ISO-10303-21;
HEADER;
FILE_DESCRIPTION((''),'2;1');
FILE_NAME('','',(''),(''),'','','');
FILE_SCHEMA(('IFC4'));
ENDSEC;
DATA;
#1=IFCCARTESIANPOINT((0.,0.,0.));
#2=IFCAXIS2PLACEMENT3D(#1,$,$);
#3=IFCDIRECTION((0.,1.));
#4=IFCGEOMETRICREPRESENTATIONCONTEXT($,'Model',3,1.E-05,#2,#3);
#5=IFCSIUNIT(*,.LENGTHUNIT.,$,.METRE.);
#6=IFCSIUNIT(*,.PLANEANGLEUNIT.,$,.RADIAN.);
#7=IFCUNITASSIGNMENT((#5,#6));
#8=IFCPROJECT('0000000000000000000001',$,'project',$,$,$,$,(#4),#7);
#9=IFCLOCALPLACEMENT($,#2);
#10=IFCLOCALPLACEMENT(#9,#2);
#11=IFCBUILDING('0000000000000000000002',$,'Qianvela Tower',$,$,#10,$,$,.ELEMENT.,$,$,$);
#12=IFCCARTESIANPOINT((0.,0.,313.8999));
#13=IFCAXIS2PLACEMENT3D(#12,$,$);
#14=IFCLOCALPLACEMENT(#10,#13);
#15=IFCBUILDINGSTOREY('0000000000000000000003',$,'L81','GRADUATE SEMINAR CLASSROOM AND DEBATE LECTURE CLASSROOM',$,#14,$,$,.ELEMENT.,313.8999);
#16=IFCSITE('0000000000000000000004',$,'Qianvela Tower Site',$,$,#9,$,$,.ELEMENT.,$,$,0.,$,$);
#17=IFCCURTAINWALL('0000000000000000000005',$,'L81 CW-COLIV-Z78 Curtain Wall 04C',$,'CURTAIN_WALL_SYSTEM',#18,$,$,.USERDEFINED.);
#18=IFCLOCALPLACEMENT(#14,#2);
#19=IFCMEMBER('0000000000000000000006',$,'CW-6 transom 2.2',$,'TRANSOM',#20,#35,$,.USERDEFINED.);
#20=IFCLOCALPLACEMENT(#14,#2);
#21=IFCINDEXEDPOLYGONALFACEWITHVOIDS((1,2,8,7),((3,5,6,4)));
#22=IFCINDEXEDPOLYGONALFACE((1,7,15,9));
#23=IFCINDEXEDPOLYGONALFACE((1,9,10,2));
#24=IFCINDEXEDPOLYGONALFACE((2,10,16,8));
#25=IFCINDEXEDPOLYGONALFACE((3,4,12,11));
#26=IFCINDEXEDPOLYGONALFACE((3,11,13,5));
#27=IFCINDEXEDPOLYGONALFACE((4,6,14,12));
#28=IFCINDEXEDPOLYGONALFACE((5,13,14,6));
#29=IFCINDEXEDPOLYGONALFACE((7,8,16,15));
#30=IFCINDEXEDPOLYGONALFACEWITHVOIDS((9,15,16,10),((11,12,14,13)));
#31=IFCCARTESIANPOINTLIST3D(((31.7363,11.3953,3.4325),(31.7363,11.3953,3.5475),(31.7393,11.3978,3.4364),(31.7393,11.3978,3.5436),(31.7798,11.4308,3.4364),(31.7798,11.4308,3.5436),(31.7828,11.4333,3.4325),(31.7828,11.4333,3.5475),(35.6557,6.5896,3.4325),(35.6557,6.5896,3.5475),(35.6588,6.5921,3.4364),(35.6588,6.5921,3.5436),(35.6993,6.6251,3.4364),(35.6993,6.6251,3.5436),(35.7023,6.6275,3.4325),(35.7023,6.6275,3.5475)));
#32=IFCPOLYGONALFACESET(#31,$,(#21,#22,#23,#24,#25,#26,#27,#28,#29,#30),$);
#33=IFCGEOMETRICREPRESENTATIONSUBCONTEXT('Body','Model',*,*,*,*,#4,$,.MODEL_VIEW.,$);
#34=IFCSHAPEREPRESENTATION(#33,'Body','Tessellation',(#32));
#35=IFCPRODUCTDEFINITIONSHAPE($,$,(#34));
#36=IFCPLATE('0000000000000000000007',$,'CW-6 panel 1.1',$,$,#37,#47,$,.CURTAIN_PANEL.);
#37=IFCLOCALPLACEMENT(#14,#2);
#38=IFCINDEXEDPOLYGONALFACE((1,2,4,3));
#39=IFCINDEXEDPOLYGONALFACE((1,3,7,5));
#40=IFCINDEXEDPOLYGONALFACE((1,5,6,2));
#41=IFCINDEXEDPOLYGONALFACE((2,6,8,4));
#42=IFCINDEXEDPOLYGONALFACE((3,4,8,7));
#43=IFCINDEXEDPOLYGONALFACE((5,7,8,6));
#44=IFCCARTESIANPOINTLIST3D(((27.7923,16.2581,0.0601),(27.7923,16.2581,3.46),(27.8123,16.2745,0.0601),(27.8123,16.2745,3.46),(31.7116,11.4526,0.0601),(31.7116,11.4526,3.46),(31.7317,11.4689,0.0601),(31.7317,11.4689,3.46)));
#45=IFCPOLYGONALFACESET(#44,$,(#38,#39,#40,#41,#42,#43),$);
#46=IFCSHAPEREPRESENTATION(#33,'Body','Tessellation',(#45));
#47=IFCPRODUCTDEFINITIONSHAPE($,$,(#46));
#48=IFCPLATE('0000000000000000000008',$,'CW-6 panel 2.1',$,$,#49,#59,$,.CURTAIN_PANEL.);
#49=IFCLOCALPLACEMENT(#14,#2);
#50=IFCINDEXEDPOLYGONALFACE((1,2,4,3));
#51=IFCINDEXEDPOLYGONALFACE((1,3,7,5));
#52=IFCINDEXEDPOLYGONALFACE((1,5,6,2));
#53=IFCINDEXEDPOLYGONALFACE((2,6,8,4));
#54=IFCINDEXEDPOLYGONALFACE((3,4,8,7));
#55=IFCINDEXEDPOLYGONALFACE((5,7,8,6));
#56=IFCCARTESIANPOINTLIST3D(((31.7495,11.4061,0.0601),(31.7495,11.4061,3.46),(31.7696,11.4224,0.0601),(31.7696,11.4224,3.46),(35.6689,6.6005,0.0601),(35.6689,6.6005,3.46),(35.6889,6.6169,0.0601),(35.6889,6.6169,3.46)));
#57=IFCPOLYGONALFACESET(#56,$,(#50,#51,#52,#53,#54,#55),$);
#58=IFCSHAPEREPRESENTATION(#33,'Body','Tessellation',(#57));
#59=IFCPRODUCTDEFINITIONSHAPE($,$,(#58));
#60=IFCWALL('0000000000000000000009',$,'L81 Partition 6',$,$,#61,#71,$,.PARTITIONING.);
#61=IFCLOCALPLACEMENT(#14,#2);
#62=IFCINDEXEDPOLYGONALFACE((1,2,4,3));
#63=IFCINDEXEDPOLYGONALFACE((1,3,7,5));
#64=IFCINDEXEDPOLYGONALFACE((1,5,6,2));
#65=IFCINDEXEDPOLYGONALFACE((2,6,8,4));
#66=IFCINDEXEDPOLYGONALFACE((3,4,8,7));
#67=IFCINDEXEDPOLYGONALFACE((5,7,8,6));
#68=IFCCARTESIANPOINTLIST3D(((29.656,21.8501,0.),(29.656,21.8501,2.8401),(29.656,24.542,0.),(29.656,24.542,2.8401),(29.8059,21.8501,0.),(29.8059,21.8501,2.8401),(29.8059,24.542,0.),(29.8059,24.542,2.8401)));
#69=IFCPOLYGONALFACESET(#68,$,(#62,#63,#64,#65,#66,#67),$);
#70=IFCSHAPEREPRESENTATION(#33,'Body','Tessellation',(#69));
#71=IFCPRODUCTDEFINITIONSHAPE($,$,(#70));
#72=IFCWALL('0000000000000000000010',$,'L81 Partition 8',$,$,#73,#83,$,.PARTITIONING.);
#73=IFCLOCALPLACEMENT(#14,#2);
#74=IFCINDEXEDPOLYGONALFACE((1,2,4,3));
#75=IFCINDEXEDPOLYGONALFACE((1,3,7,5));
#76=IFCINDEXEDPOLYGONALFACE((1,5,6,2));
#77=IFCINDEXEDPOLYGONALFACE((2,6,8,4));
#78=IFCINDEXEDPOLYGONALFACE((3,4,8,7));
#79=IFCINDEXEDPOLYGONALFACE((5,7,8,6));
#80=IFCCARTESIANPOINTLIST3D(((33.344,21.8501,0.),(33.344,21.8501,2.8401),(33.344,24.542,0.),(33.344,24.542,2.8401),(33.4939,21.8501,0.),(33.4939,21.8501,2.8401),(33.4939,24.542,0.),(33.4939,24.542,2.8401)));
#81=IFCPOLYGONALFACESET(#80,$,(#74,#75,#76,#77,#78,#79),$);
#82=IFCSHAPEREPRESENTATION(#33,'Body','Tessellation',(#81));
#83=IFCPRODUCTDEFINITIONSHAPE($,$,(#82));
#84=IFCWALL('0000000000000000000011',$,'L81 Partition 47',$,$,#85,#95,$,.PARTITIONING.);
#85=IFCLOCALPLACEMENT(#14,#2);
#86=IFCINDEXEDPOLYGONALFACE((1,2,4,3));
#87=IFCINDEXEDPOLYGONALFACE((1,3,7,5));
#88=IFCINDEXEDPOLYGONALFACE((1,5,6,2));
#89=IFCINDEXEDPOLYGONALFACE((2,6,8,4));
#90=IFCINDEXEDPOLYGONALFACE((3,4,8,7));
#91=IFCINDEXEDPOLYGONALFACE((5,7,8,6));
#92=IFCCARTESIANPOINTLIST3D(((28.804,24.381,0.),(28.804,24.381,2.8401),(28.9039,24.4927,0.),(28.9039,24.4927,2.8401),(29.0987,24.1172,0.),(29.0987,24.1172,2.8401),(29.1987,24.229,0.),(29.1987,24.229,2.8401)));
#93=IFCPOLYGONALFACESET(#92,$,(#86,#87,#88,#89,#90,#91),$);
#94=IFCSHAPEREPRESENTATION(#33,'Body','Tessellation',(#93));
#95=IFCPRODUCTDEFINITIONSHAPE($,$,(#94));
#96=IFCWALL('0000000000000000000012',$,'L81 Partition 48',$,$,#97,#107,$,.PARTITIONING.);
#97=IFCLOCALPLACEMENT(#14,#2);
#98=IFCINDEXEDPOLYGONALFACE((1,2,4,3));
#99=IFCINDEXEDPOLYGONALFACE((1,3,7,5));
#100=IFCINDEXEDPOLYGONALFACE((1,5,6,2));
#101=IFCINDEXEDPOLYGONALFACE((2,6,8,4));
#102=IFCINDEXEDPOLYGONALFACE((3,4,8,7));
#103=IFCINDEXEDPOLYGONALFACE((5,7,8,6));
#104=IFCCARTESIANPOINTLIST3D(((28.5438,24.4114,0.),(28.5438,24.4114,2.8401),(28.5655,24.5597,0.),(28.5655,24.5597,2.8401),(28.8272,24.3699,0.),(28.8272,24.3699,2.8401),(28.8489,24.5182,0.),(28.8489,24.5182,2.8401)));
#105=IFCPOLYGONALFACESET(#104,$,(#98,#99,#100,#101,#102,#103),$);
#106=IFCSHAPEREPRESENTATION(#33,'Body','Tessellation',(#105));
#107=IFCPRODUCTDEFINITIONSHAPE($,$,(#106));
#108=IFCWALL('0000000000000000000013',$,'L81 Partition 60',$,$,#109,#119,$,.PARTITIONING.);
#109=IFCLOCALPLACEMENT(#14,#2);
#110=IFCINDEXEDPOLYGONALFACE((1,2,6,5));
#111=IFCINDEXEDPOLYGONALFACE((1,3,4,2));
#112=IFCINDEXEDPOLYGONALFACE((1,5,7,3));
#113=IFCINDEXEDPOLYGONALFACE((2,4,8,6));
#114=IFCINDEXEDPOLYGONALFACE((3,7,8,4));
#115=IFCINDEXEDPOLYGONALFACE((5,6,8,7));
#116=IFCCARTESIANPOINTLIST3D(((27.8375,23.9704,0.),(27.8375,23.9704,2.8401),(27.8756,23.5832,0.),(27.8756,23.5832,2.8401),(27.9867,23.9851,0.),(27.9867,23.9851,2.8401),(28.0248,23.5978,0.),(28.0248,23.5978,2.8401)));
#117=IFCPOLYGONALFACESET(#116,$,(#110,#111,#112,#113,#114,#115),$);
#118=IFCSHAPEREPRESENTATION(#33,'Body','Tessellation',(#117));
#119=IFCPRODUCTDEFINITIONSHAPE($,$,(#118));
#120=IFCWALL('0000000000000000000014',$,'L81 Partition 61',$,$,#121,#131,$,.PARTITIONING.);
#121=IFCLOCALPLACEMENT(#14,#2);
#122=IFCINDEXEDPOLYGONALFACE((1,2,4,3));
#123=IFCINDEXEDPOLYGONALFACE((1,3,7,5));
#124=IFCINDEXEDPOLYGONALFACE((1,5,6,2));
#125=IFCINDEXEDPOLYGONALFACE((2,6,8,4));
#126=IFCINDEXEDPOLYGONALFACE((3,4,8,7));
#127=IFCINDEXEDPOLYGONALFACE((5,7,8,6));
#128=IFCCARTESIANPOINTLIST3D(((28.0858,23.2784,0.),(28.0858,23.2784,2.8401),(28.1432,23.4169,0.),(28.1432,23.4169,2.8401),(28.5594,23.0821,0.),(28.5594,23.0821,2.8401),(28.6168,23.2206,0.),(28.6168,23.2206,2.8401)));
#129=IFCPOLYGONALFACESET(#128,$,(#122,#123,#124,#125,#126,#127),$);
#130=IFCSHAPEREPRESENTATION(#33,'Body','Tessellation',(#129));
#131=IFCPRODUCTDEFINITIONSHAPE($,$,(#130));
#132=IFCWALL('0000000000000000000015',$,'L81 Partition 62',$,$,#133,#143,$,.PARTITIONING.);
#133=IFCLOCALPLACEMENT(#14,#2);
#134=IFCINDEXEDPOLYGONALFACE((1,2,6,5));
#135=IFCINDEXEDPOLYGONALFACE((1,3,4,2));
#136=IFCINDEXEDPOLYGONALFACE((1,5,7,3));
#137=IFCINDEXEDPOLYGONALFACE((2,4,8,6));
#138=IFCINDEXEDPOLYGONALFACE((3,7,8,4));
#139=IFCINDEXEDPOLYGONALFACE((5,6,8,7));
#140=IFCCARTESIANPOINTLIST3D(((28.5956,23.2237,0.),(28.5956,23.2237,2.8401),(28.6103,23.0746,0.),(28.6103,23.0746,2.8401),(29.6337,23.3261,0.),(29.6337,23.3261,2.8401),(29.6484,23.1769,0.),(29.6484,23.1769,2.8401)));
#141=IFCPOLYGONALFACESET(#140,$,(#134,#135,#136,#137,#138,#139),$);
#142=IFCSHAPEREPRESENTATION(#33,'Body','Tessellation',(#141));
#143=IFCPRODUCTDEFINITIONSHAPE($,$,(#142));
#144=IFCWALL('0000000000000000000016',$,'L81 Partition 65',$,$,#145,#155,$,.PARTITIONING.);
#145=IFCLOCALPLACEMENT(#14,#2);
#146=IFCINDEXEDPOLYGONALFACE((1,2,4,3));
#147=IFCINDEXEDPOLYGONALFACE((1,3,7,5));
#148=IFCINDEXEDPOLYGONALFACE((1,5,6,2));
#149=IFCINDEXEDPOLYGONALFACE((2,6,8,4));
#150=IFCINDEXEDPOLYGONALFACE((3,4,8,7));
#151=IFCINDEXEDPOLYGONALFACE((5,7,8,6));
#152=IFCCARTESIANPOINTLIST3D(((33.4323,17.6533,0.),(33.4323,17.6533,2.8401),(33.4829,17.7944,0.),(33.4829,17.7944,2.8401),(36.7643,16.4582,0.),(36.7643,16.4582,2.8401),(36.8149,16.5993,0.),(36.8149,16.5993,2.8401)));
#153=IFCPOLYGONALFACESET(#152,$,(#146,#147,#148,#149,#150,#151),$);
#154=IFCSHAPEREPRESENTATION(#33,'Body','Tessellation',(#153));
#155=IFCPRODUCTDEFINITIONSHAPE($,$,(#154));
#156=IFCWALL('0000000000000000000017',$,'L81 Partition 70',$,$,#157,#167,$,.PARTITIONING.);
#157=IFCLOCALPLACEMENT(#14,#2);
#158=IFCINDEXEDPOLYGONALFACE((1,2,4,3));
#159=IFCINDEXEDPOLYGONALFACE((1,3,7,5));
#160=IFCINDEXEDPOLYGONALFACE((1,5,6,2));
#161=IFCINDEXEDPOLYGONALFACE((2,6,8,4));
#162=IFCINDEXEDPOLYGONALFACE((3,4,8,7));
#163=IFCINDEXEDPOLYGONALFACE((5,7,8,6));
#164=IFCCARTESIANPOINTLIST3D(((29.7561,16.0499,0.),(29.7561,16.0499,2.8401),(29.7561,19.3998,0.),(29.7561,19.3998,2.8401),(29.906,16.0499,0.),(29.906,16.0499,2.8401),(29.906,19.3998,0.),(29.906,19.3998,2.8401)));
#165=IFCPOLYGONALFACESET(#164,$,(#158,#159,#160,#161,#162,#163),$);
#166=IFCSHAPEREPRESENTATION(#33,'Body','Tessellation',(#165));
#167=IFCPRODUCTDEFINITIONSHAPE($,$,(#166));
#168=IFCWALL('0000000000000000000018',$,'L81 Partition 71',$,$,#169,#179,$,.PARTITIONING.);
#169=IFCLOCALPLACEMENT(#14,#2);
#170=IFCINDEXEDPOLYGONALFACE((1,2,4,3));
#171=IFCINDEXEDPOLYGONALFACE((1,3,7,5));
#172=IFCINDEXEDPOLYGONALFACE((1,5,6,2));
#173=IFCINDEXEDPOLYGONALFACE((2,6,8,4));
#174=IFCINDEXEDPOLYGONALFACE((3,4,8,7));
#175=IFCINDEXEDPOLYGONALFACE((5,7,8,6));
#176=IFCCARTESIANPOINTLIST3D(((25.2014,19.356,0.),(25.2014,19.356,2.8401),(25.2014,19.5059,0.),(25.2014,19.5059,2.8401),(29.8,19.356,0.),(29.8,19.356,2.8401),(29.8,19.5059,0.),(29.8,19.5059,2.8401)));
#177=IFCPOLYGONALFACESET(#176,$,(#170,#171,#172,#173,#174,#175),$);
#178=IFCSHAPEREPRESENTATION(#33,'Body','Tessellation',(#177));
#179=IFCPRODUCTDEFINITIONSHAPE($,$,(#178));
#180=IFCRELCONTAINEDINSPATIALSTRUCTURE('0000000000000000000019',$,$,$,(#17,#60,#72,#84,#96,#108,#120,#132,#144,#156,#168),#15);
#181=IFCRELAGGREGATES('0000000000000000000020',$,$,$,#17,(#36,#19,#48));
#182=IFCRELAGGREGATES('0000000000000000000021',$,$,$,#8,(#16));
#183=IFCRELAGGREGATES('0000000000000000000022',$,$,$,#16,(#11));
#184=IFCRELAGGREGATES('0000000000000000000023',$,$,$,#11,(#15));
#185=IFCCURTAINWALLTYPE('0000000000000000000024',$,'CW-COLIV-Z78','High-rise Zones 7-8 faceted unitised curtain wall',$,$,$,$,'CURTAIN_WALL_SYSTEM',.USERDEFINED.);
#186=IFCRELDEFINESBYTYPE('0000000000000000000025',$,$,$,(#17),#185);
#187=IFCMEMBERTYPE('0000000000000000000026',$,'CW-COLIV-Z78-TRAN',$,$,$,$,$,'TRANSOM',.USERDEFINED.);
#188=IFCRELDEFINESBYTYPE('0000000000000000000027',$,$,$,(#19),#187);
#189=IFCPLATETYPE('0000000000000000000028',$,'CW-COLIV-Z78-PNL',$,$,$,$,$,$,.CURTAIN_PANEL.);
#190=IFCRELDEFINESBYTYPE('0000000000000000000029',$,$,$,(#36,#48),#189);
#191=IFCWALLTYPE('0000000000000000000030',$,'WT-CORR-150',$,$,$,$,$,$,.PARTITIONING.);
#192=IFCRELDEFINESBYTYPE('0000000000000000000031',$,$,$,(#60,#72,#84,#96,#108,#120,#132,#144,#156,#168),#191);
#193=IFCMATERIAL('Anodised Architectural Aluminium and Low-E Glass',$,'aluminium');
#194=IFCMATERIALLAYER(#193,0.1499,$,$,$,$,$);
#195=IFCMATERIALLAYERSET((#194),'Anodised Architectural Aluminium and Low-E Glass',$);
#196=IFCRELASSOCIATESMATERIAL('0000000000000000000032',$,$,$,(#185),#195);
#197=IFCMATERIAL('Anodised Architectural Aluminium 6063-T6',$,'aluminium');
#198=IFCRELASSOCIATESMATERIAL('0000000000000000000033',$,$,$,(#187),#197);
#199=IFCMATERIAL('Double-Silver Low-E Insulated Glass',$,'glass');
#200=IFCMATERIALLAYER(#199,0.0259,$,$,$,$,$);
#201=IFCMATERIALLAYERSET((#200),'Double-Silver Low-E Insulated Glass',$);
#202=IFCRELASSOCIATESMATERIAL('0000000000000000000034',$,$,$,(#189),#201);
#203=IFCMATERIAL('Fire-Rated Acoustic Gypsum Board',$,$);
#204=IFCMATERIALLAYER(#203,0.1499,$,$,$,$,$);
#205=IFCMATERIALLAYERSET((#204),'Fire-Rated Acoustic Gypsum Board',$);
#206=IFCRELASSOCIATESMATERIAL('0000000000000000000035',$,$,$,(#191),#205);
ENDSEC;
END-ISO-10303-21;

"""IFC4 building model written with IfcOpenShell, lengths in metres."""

from ifc_helpers import new_model, si_unit, direction, frame, frame_2d, origin, origin_2d, place, context, subcontext, project, spatial, rectangle, hollow_rectangle, extrude, material, layer, layer_set, material_profile, profile_set, type_object, element, aggregate, save


model = new_model("IFC4")

# Units and contexts
model_context = context("Model", 3, precision=1e-05, world=origin(), true_north=direction((0.0, 1.0)))
body_context = subcontext(model_context, "Body", "Model", "MODEL_VIEW")
ifc_project = project(units=[si_unit("LENGTHUNIT", "METRE"), si_unit("PLANEANGLEUNIT", "RADIAN")], contexts=[model_context])

# Site, building, storey
site_placement = place(None, origin())
site = spatial("IfcSite", under=ifc_project, at=site_placement, Name="Qianvela Tower Site", CompositionType="ELEMENT", RefElevation=0.0)
building_placement = place(site_placement, origin())
building = spatial("IfcBuilding", under=site, at=building_placement, Name="Qianvela Tower", CompositionType="ELEMENT")
storey_placement = place(building_placement, frame((0.0, 0.0, 313.8999)))
storey = spatial("IfcBuildingStorey", under=building, at=storey_placement, Name="L81", Description="GRADUATE SEMINAR CLASSROOM AND DEBATE LECTURE CLASSROOM", CompositionType="ELEMENT", Elevation=313.8999)

# Curtain wall, member, plates
ifc_material_1 = material(Name="Anodised Architectural Aluminium and Low-E Glass", Category="aluminium")
ifc_layer_1 = layer(ifc_material_1, 0.1499)
ifc_layer_set_1 = layer_set([ifc_layer_1], Name="Anodised Architectural Aluminium and Low-E Glass")
curtain_wall_type_1 = type_object("IfcCurtainWallType", Name="CW-COLIV-Z78", Description="High-rise Zones 7-8 faceted unitised curtain wall", ElementType="CURTAIN_WALL_SYSTEM", PredefinedType="USERDEFINED", material=ifc_layer_set_1)
curtain_wall_1_placement = place(storey_placement, origin())
curtain_wall_1 = element("IfcCurtainWall", 1, at=curtain_wall_1_placement, inside=storey, type_object=curtain_wall_type_1, Name="L81 CW-COLIV-Z78 Curtain Wall 04C", ObjectType="CURTAIN_WALL_SYSTEM", PredefinedType="USERDEFINED")
ifc_material_2 = material(Name="Anodised Architectural Aluminium 6063-T6", Category="aluminium")
ifc_material_profile_1 = material_profile(ifc_material_2, hollow_rectangle(XDim=0.0601, YDim=0.115, WallThickness=0.0039, at=origin_2d()), Name="ALU-TRAN-60x115")
ifc_profile_set_1 = profile_set([ifc_material_profile_1], Name="Anodised Architectural Aluminium 6063-T6")
member_type_1 = type_object("IfcMemberType", Name="CW-COLIV-Z78-TRAN", ElementType="TRANSOM", PredefinedType="USERDEFINED", material=ifc_profile_set_1)
member_1_placement = place(storey_placement, frame((31.7595, 11.4143, 3.49), z_axis=(0.632032, -0.774942, 0.0), x_axis=(0.774942, 0.632032, 0.0)))
member_1 = element("IfcMember", 2, at=member_1_placement, type_object=member_type_1, Name="CW-6 transom 2.2", ObjectType="TRANSOM", PredefinedType="USERDEFINED", context=body_context, shape_type="SweptSolid", body=[
    extrude(hollow_rectangle(XDim=0.0601, YDim=0.115, WallThickness=0.0039, at=origin_2d()), origin(), (0.0, 0.0, 1.0), 6.2014),
])
ifc_material_3 = material(Name="Double-Silver Low-E Insulated Glass", Category="glass")
ifc_layer_2 = layer(ifc_material_3, 0.0259)
ifc_layer_set_2 = layer_set([ifc_layer_2], Name="Double-Silver Low-E Insulated Glass")
plate_type = type_object("IfcPlateType", Name="CW-COLIV-Z78-PNL", PredefinedType="CURTAIN_PANEL", material=ifc_layer_set_2)
plate_1_placement = place(storey_placement, frame((29.762, 13.8635, 0.0601), z_axis=(0.0, 0.0, 1.0), x_axis=(0.63203, -0.774944, 0.0)))
plate_1 = element("IfcPlate", 3, at=plate_1_placement, type_object=plate_type, Name="CW-6 panel 1.1", PredefinedType="CURTAIN_PANEL", context=body_context, shape_type="SweptSolid", body=[
    extrude(rectangle(XDim=6.2012, YDim=0.0259, at=origin_2d()), origin(), (0.0, 0.0, 1.0), 3.3999),
])
plate_2_placement = place(storey_placement, frame((33.7192, 9.0115, 0.0601), z_axis=(0.0, 0.0, 1.0), x_axis=(0.63203, -0.774944, 0.0)))
plate_2 = element("IfcPlate", 4, at=plate_2_placement, type_object=plate_type, Name="CW-6 panel 2.1", PredefinedType="CURTAIN_PANEL", context=body_context, shape_type="SweptSolid", body=[
    extrude(rectangle(XDim=6.2012, YDim=0.0259, at=origin_2d()), origin(), (0.0, 0.0, 1.0), 3.3999),
])
aggregate(curtain_wall_1, [plate_1, member_1, plate_2])

# Shared definitions
ifc_material_4 = material(Name="Fire-Rated Acoustic Gypsum Board")
ifc_layer_3 = layer(ifc_material_4, 0.1499)
ifc_layer_set_3 = layer_set([ifc_layer_3], Name="Fire-Rated Acoustic Gypsum Board")
wall_type_1 = type_object("IfcWallType", Name="WT-CORR-150", PredefinedType="PARTITIONING", material=ifc_layer_set_3)

# Walls
for number, where, z_axis, x_axis, name in (
    (5, (29.731, 21.8501, 0.0), (0.0, 0.0, 1.0), (0.0, 1.0, 0.0), "L81 Partition 6"),
    (6, (33.4189, 24.542, 0.0), (0.0, 0.0, 1.0), (0.0, -1.0, 0.0), "L81 Partition 8"),
):
    element("IfcWall", number, at=place(storey_placement, frame(where, z_axis=z_axis, x_axis=x_axis)), inside=storey, type_object=wall_type_1, Name=name, PredefinedType="PARTITIONING", context=body_context, shape_type="SweptSolid", body=[
        extrude(rectangle(XDim=2.6919, YDim=0.1499, at=frame_2d((1.3459, 0.0))), origin(), (0.0, 0.0, 1.0), 2.8401),
    ])
wall_1_placement = place(storey_placement, frame((29.1487, 24.1731, 0.0), z_axis=(0.0, 0.0, 1.0), x_axis=(-0.745225, 0.666813, 0.0)))
element("IfcWall", 7, at=wall_1_placement, inside=storey, type_object=wall_type_1, Name="L81 Partition 47", PredefinedType="PARTITIONING", context=body_context, shape_type="SweptSolid", body=[
    extrude(rectangle(XDim=0.3955, YDim=0.1499, at=frame_2d((0.1978, 0.0))), origin(), (0.0, 0.0, 1.0), 2.8401),
])
wall_2_placement = place(storey_placement, frame((28.8379, 24.4441, 0.0), z_axis=(0.0, 0.0, 1.0), x_axis=(-0.989449, 0.144881, 0.0)))
element("IfcWall", 8, at=wall_2_placement, inside=storey, type_object=wall_type_1, Name="L81 Partition 48", PredefinedType="PARTITIONING", context=body_context, shape_type="SweptSolid", body=[
    extrude(rectangle(XDim=0.2864, YDim=0.1499, at=frame_2d((0.1431, 0.0))), origin(), (0.0, 0.0, 1.0), 2.8401),
])
wall_3_placement = place(storey_placement, frame((27.9121, 23.9778, 0.0), z_axis=(0.0, 0.0, 1.0), x_axis=(0.097888, -0.995197, 0.0)))
element("IfcWall", 9, at=wall_3_placement, inside=storey, type_object=wall_type_1, Name="L81 Partition 60", PredefinedType="PARTITIONING", context=body_context, shape_type="SweptSolid", body=[
    extrude(rectangle(XDim=0.3892, YDim=0.1499, at=frame_2d((0.1946, 0.0))), origin(), (0.0, 0.0, 1.0), 2.8401),
])
wall_4_placement = place(storey_placement, frame((28.1145, 23.3477, 0.0), z_axis=(0.0, 0.0, 1.0), x_axis=(0.923808, -0.382856, 0.0)))
element("IfcWall", 10, at=wall_4_placement, inside=storey, type_object=wall_type_1, Name="L81 Partition 61", PredefinedType="PARTITIONING", context=body_context, shape_type="SweptSolid", body=[
    extrude(rectangle(XDim=0.5127, YDim=0.1499, at=frame_2d((0.2563, 0.0))), origin(), (0.0, 0.0, 1.0), 2.8401),
])
wall_5_placement = place(storey_placement, frame((28.603, 23.1492, 0.0), z_axis=(0.0, 0.0, 1.0), x_axis=(0.99518, 0.098067, 0.0)))
element("IfcWall", 11, at=wall_5_placement, inside=storey, type_object=wall_type_1, Name="L81 Partition 62", PredefinedType="PARTITIONING", context=body_context, shape_type="SweptSolid", body=[
    extrude(rectangle(XDim=1.0432, YDim=0.1499, at=frame_2d((0.5215, 0.0))), origin(), (0.0, 0.0, 1.0), 2.8401),
])
wall_6_placement = place(storey_placement, frame((33.4575, 17.7239, 0.0), z_axis=(0.0, 0.0, 1.0), x_axis=(0.941289, -0.337603, 0.0)))
element("IfcWall", 12, at=wall_6_placement, inside=storey, type_object=wall_type_1, Name="L81 Partition 65", PredefinedType="PARTITIONING", context=body_context, shape_type="SweptSolid", body=[
    extrude(rectangle(XDim=3.5398, YDim=0.1499, at=frame_2d((1.77, 0.0))), origin(), (0.0, 0.0, 1.0), 2.8401),
])
wall_7_placement = place(storey_placement, frame((29.8311, 16.05, 0.0), z_axis=(0.0, 0.0, 1.0), x_axis=(0.0, 1.0, 0.0)))
element("IfcWall", 13, at=wall_7_placement, inside=storey, type_object=wall_type_1, Name="L81 Partition 70", PredefinedType="PARTITIONING", context=body_context, shape_type="SweptSolid", body=[
    extrude(rectangle(XDim=3.3499, YDim=0.1499, at=frame_2d((1.6748, 0.0))), origin(), (0.0, 0.0, 1.0), 2.8401),
])
wall_8_placement = place(storey_placement, frame((29.8, 19.4309, 0.0), z_axis=(0.0, 0.0, 1.0), x_axis=(-1.0, 0.0, 0.0)))
element("IfcWall", 14, at=wall_8_placement, inside=storey, type_object=wall_type_1, Name="L81 Partition 71", PredefinedType="PARTITIONING", context=body_context, shape_type="SweptSolid", body=[
    extrude(rectangle(XDim=4.5986, YDim=0.1499, at=frame_2d((2.2993, 0.0))), origin(), (0.0, 0.0, 1.0), 2.8401),
])

save(model, "model.ifc")
